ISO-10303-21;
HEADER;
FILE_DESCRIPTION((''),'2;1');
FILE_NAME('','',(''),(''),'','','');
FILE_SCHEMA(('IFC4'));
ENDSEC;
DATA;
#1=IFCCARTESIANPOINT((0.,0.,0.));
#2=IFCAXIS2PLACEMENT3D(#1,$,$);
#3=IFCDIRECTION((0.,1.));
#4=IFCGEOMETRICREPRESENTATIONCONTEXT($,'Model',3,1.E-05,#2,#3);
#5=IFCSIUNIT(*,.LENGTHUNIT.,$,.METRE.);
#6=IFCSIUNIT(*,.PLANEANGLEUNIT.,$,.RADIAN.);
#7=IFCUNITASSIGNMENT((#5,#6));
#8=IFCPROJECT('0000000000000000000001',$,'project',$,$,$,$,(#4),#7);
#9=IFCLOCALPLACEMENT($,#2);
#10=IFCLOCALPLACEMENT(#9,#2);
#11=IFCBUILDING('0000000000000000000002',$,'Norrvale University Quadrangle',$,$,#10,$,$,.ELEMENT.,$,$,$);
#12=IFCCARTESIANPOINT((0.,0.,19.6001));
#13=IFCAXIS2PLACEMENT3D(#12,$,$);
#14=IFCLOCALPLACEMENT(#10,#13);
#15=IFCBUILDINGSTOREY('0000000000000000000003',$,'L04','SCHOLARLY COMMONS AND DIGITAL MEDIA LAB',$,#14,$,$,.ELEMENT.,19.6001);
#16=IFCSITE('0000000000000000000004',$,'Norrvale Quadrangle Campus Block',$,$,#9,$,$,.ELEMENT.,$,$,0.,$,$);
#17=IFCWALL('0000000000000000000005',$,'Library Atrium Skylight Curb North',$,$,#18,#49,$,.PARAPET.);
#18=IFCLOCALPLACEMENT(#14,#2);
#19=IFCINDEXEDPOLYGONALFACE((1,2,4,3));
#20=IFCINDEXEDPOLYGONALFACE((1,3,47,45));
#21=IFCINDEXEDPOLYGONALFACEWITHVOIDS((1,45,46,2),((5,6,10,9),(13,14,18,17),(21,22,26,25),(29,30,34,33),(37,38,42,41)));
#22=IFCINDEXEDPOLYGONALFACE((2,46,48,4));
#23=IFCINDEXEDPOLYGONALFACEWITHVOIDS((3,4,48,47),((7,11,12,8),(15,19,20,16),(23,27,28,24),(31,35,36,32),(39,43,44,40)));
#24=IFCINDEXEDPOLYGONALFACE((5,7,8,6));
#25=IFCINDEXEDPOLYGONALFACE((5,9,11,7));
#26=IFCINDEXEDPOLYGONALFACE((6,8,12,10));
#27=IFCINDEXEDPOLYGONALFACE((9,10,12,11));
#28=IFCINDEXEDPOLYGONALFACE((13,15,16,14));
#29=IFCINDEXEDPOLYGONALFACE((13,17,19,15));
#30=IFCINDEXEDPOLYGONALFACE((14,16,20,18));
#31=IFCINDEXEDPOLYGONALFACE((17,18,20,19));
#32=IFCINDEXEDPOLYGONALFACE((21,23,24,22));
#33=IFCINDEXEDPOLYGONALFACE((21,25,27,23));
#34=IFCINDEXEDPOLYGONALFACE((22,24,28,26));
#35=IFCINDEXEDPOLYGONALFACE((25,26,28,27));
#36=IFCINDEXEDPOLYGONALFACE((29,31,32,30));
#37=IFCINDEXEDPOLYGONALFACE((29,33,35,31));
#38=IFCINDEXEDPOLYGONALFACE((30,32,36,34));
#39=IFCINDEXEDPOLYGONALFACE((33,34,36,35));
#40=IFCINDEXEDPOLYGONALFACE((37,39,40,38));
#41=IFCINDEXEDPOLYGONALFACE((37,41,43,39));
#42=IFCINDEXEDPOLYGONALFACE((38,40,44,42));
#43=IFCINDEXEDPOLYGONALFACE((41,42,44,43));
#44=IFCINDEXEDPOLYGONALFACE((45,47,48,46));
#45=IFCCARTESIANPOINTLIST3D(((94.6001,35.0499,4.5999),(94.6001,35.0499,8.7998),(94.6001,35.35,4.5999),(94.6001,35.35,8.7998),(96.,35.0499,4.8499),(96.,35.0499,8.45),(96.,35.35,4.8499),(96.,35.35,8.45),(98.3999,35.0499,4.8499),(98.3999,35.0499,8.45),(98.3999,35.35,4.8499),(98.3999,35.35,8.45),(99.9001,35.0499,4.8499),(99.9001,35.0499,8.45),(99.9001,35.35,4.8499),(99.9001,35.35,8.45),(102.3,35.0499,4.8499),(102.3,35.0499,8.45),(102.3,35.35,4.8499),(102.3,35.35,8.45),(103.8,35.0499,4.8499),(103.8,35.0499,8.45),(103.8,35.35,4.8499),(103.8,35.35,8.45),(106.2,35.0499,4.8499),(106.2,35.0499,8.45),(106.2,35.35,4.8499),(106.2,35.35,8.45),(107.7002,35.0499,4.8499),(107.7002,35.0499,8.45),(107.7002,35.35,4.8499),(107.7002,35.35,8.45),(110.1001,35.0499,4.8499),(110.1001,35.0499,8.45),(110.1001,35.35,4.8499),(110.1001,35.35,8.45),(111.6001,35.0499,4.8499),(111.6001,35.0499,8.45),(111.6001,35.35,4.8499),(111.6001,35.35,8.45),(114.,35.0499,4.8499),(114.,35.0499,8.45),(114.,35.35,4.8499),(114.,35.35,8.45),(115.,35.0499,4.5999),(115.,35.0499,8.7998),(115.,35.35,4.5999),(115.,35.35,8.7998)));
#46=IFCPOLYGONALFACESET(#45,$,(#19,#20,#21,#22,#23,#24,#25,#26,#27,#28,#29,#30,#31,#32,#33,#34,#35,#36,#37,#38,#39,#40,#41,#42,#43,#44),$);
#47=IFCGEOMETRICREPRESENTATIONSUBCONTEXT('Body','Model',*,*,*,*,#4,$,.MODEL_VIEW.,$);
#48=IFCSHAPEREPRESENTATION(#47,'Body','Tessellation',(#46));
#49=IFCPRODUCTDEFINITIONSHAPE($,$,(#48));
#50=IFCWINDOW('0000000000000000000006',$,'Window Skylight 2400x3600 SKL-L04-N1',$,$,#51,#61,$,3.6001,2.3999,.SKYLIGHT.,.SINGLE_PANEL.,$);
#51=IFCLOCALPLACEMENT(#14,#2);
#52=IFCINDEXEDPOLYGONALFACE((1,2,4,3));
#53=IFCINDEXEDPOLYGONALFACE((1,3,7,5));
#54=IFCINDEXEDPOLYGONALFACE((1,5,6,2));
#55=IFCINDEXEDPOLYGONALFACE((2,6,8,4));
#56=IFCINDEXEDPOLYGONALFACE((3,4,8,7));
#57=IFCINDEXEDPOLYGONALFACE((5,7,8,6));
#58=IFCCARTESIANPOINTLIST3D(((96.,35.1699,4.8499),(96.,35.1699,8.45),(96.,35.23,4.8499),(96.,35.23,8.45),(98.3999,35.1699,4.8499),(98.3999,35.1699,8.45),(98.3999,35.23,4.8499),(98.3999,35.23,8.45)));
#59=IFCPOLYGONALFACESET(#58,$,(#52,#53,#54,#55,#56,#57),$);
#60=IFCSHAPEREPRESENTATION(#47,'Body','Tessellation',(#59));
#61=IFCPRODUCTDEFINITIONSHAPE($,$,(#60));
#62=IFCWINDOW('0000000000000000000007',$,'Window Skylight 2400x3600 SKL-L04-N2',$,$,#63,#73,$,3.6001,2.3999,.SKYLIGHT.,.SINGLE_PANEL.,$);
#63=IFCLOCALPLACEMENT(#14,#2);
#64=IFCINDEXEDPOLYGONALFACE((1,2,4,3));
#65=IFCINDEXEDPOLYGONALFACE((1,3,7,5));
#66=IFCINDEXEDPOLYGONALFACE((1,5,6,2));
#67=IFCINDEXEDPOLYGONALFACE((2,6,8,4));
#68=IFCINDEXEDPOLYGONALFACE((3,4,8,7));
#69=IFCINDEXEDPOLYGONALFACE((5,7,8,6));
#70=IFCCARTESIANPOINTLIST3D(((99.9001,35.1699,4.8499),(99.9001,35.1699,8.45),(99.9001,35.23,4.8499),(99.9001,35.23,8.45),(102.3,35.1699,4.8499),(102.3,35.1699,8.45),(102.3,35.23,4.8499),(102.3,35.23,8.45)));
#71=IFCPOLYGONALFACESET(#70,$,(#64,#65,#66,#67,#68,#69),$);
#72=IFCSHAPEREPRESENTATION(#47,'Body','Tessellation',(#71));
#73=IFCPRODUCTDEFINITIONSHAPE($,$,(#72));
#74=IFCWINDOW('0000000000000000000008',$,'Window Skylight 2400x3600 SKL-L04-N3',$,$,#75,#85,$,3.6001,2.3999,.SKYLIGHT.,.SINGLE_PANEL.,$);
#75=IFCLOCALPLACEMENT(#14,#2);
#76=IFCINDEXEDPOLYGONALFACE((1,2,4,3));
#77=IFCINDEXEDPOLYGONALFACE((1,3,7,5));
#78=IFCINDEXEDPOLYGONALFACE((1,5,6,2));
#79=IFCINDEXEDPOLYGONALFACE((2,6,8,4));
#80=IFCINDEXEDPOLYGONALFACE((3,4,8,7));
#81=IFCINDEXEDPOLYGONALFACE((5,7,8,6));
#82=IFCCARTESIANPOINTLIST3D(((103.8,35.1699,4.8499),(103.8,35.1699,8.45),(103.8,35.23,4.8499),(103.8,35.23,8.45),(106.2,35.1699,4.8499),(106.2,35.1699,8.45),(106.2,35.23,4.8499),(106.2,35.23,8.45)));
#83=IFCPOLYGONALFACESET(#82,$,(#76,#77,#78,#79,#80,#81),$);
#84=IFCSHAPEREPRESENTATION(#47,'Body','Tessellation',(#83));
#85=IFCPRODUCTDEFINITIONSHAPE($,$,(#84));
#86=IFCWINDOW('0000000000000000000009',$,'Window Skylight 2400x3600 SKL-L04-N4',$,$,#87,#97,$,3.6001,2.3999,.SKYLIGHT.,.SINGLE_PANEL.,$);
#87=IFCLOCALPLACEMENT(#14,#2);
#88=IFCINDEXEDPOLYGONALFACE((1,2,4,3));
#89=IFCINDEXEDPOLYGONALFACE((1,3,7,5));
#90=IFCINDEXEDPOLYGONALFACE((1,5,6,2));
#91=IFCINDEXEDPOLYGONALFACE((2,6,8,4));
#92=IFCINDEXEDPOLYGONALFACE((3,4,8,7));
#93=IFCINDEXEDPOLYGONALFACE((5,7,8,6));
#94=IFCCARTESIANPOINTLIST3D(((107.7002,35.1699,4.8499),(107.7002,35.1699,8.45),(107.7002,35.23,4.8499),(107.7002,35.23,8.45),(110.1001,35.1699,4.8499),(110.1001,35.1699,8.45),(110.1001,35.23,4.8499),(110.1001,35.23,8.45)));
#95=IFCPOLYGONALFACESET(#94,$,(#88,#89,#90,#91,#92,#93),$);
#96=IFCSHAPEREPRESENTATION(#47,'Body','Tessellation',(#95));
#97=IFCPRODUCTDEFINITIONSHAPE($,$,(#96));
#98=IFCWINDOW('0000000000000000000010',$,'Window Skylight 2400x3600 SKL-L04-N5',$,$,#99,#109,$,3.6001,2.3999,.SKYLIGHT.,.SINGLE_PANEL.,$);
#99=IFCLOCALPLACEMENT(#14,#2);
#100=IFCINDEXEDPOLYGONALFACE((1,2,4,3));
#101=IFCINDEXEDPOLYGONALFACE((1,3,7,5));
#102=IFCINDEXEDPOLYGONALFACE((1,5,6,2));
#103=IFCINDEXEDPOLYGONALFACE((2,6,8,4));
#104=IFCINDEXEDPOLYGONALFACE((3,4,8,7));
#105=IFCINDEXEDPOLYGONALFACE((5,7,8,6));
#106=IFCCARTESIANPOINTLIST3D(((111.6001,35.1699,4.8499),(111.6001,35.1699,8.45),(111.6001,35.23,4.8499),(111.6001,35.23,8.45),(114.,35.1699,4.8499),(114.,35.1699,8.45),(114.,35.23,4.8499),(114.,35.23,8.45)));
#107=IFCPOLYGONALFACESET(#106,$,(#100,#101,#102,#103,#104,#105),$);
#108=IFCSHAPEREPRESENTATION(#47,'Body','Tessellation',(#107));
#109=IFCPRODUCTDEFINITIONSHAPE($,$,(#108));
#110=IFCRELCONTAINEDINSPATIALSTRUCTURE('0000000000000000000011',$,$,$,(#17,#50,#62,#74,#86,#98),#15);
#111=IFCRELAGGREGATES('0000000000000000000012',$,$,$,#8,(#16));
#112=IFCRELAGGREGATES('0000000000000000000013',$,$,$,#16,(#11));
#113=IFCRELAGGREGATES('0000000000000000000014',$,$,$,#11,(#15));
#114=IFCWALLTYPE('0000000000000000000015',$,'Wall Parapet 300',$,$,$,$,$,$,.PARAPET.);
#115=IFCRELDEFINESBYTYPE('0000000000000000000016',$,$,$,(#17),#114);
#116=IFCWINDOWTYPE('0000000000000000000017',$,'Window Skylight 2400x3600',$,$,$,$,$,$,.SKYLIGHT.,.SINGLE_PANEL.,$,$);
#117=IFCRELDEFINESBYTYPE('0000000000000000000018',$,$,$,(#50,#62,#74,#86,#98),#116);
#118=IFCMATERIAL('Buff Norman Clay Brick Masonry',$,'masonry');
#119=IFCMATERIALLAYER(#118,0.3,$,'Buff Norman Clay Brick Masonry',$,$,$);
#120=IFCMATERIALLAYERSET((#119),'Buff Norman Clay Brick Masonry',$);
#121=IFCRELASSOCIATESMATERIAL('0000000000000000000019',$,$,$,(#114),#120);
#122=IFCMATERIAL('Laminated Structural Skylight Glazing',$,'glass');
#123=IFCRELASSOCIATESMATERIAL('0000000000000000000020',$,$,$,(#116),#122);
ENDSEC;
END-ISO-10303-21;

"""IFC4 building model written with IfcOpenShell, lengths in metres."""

from ifc_helpers import new_model, si_unit, direction, frame, frame_2d, origin, place, context, subcontext, project, spatial, rectangle, extrude, material, layer, layer_set, type_object, element, fill, save


model = new_model("IFC4")

# Units and contexts
model_context = context("Model", 3, precision=1e-05, world=origin(), true_north=direction((0.0, 1.0)))
body_context = subcontext(model_context, "Body", "Model", "MODEL_VIEW")
ifc_project = project(units=[si_unit("LENGTHUNIT", "METRE"), si_unit("PLANEANGLEUNIT", "RADIAN")], contexts=[model_context])

# Site, building, storey
site_placement = place(None, origin())
site = spatial("IfcSite", under=ifc_project, at=site_placement, Name="Norrvale Quadrangle Campus Block", CompositionType="ELEMENT", RefElevation=0.0)
building_placement = place(site_placement, origin())
building = spatial("IfcBuilding", under=site, at=building_placement, Name="Norrvale University Quadrangle", CompositionType="ELEMENT")
storey_placement = place(building_placement, frame((0.0, 0.0, 19.6001)))
storey = spatial("IfcBuildingStorey", under=building, at=storey_placement, Name="L04", Description="SCHOLARLY COMMONS AND DIGITAL MEDIA LAB", CompositionType="ELEMENT", Elevation=19.6001)

# Wall, openings, windows
ifc_material_1 = material(Name="Buff Norman Clay Brick Masonry", Category="masonry")
ifc_layer_1 = layer(ifc_material_1, 0.3, Name="Buff Norman Clay Brick Masonry")
ifc_layer_set_1 = layer_set([ifc_layer_1], Name="Buff Norman Clay Brick Masonry")
wall_type_1 = type_object("IfcWallType", Name="Wall Parapet 300", PredefinedType="PARAPET", material=ifc_layer_set_1)
wall_1_placement = place(storey_placement, frame((94.6001, 35.2, 4.5999), z_axis=(0.0, 0.0, 1.0), x_axis=(1.0, 0.0, 0.0)))
wall_1 = element("IfcWall", 1, at=wall_1_placement, inside=storey, type_object=wall_type_1, Name="Library Atrium Skylight Curb North", PredefinedType="PARAPET", context=body_context, shape_type="SweptSolid", body=[
    extrude(rectangle(XDim=20.3999, YDim=0.3, at=frame_2d((10.2, 0.0))), origin(), (0.0, 0.0, 1.0), 4.2),
])
opening_1_placement = place(wall_1_placement, frame((1.3999, 0.0, 0.25)))
opening_1 = element("IfcOpeningElement", 2, at=opening_1_placement, cuts=wall_1, PredefinedType="OPENING", context=body_context, shape_type="SweptSolid", body=[
    extrude(rectangle(XDim=2.3999, YDim=3.6001, at=frame_2d((1.2, 1.8))), frame((0.0, 0.1621, 0.0), z_axis=(0.0, -1.0, 0.0), x_axis=(1.0, 0.0, 0.0)), (0.0, 0.0, 1.0), 0.324),
])
opening_2_placement = place(wall_1_placement, frame((5.3, 0.0, 0.25)))
opening_2 = element("IfcOpeningElement", 3, at=opening_2_placement, cuts=wall_1, PredefinedType="OPENING", context=body_context, shape_type="SweptSolid", body=[
    extrude(rectangle(XDim=2.3999, YDim=3.6001, at=frame_2d((1.2, 1.8))), frame((0.0, 0.1621, 0.0), z_axis=(0.0, -1.0, 0.0), x_axis=(1.0, 0.0, 0.0)), (0.0, 0.0, 1.0), 0.324),
])
opening_3_placement = place(wall_1_placement, frame((9.2, 0.0, 0.25)))
opening_3 = element("IfcOpeningElement", 4, at=opening_3_placement, cuts=wall_1, PredefinedType="OPENING", context=body_context, shape_type="SweptSolid", body=[
    extrude(rectangle(XDim=2.3999, YDim=3.6001, at=frame_2d((1.2, 1.8))), frame((0.0, 0.1621, 0.0), z_axis=(0.0, -1.0, 0.0), x_axis=(1.0, 0.0, 0.0)), (0.0, 0.0, 1.0), 0.324),
])
opening_4_placement = place(wall_1_placement, frame((13.1001, 0.0, 0.25)))
opening_4 = element("IfcOpeningElement", 5, at=opening_4_placement, cuts=wall_1, PredefinedType="OPENING", context=body_context, shape_type="SweptSolid", body=[
    extrude(rectangle(XDim=2.3999, YDim=3.6001, at=frame_2d((1.2, 1.8))), frame((0.0, 0.1621, 0.0), z_axis=(0.0, -1.0, 0.0), x_axis=(1.0, 0.0, 0.0)), (0.0, 0.0, 1.0), 0.324),
])
opening_5_placement = place(wall_1_placement, frame((17.0, 0.0, 0.25)))
opening_5 = element("IfcOpeningElement", 6, at=opening_5_placement, cuts=wall_1, PredefinedType="OPENING", context=body_context, shape_type="SweptSolid", body=[
    extrude(rectangle(XDim=2.3999, YDim=3.6001, at=frame_2d((1.2, 1.8))), frame((0.0, 0.1621, 0.0), z_axis=(0.0, -1.0, 0.0), x_axis=(1.0, 0.0, 0.0)), (0.0, 0.0, 1.0), 0.324),
])
ifc_material_2 = material(Name="Laminated Structural Skylight Glazing", Category="glass")
window_type = type_object("IfcWindowType", Name="Window Skylight 2400x3600", PartitioningType="SINGLE_PANEL", PredefinedType="SKYLIGHT", material=ifc_material_2)
window_1_placement = place(opening_1_placement, origin())
window_1 = element("IfcWindow", 7, at=window_1_placement, inside=storey, type_object=window_type, Name="Window Skylight 2400x3600 SKL-L04-N1", OverallHeight=3.6001, OverallWidth=2.3999, PartitioningType="SINGLE_PANEL", PredefinedType="SKYLIGHT", context=body_context, shape_type="SweptSolid", body=[
    extrude(rectangle(XDim=2.3999, YDim=3.6001, at=frame_2d((1.2, 1.8))), frame((0.0, 0.03, 0.0), z_axis=(0.0, -1.0, 0.0), x_axis=(1.0, 0.0, 0.0)), (0.0, 0.0, 1.0), 0.0601),
])
fill(opening_1, window_1)
window_2_placement = place(opening_2_placement, origin())
window_2 = element("IfcWindow", 8, at=window_2_placement, inside=storey, type_object=window_type, Name="Window Skylight 2400x3600 SKL-L04-N2", OverallHeight=3.6001, OverallWidth=2.3999, PartitioningType="SINGLE_PANEL", PredefinedType="SKYLIGHT", context=body_context, shape_type="SweptSolid", body=[
    extrude(rectangle(XDim=2.3999, YDim=3.6001, at=frame_2d((1.2, 1.8))), frame((0.0, 0.03, 0.0), z_axis=(0.0, -1.0, 0.0), x_axis=(1.0, 0.0, 0.0)), (0.0, 0.0, 1.0), 0.0601),
])
fill(opening_2, window_2)
window_3_placement = place(opening_3_placement, origin())
window_3 = element("IfcWindow", 9, at=window_3_placement, inside=storey, type_object=window_type, Name="Window Skylight 2400x3600 SKL-L04-N3", OverallHeight=3.6001, OverallWidth=2.3999, PartitioningType="SINGLE_PANEL", PredefinedType="SKYLIGHT", context=body_context, shape_type="SweptSolid", body=[
    extrude(rectangle(XDim=2.3999, YDim=3.6001, at=frame_2d((1.2, 1.8))), frame((0.0, 0.03, 0.0), z_axis=(0.0, -1.0, 0.0), x_axis=(1.0, 0.0, 0.0)), (0.0, 0.0, 1.0), 0.0601),
])
fill(opening_3, window_3)
window_4_placement = place(opening_4_placement, origin())
window_4 = element("IfcWindow", 10, at=window_4_placement, inside=storey, type_object=window_type, Name="Window Skylight 2400x3600 SKL-L04-N4", OverallHeight=3.6001, OverallWidth=2.3999, PartitioningType="SINGLE_PANEL", PredefinedType="SKYLIGHT", context=body_context, shape_type="SweptSolid", body=[
    extrude(rectangle(XDim=2.3999, YDim=3.6001, at=frame_2d((1.2, 1.8))), frame((0.0, 0.03, 0.0), z_axis=(0.0, -1.0, 0.0), x_axis=(1.0, 0.0, 0.0)), (0.0, 0.0, 1.0), 0.0601),
])
fill(opening_4, window_4)
window_5_placement = place(opening_5_placement, origin())
window_5 = element("IfcWindow", 11, at=window_5_placement, inside=storey, type_object=window_type, Name="Window Skylight 2400x3600 SKL-L04-N5", OverallHeight=3.6001, OverallWidth=2.3999, PartitioningType="SINGLE_PANEL", PredefinedType="SKYLIGHT", context=body_context, shape_type="SweptSolid", body=[
    extrude(rectangle(XDim=2.3999, YDim=3.6001, at=frame_2d((1.2, 1.8))), frame((0.0, 0.03, 0.0), z_axis=(0.0, -1.0, 0.0), x_axis=(1.0, 0.0, 0.0)), (0.0, 0.0, 1.0), 0.0601),
])
fill(opening_5, window_5)

save(model, "model.ifc")
